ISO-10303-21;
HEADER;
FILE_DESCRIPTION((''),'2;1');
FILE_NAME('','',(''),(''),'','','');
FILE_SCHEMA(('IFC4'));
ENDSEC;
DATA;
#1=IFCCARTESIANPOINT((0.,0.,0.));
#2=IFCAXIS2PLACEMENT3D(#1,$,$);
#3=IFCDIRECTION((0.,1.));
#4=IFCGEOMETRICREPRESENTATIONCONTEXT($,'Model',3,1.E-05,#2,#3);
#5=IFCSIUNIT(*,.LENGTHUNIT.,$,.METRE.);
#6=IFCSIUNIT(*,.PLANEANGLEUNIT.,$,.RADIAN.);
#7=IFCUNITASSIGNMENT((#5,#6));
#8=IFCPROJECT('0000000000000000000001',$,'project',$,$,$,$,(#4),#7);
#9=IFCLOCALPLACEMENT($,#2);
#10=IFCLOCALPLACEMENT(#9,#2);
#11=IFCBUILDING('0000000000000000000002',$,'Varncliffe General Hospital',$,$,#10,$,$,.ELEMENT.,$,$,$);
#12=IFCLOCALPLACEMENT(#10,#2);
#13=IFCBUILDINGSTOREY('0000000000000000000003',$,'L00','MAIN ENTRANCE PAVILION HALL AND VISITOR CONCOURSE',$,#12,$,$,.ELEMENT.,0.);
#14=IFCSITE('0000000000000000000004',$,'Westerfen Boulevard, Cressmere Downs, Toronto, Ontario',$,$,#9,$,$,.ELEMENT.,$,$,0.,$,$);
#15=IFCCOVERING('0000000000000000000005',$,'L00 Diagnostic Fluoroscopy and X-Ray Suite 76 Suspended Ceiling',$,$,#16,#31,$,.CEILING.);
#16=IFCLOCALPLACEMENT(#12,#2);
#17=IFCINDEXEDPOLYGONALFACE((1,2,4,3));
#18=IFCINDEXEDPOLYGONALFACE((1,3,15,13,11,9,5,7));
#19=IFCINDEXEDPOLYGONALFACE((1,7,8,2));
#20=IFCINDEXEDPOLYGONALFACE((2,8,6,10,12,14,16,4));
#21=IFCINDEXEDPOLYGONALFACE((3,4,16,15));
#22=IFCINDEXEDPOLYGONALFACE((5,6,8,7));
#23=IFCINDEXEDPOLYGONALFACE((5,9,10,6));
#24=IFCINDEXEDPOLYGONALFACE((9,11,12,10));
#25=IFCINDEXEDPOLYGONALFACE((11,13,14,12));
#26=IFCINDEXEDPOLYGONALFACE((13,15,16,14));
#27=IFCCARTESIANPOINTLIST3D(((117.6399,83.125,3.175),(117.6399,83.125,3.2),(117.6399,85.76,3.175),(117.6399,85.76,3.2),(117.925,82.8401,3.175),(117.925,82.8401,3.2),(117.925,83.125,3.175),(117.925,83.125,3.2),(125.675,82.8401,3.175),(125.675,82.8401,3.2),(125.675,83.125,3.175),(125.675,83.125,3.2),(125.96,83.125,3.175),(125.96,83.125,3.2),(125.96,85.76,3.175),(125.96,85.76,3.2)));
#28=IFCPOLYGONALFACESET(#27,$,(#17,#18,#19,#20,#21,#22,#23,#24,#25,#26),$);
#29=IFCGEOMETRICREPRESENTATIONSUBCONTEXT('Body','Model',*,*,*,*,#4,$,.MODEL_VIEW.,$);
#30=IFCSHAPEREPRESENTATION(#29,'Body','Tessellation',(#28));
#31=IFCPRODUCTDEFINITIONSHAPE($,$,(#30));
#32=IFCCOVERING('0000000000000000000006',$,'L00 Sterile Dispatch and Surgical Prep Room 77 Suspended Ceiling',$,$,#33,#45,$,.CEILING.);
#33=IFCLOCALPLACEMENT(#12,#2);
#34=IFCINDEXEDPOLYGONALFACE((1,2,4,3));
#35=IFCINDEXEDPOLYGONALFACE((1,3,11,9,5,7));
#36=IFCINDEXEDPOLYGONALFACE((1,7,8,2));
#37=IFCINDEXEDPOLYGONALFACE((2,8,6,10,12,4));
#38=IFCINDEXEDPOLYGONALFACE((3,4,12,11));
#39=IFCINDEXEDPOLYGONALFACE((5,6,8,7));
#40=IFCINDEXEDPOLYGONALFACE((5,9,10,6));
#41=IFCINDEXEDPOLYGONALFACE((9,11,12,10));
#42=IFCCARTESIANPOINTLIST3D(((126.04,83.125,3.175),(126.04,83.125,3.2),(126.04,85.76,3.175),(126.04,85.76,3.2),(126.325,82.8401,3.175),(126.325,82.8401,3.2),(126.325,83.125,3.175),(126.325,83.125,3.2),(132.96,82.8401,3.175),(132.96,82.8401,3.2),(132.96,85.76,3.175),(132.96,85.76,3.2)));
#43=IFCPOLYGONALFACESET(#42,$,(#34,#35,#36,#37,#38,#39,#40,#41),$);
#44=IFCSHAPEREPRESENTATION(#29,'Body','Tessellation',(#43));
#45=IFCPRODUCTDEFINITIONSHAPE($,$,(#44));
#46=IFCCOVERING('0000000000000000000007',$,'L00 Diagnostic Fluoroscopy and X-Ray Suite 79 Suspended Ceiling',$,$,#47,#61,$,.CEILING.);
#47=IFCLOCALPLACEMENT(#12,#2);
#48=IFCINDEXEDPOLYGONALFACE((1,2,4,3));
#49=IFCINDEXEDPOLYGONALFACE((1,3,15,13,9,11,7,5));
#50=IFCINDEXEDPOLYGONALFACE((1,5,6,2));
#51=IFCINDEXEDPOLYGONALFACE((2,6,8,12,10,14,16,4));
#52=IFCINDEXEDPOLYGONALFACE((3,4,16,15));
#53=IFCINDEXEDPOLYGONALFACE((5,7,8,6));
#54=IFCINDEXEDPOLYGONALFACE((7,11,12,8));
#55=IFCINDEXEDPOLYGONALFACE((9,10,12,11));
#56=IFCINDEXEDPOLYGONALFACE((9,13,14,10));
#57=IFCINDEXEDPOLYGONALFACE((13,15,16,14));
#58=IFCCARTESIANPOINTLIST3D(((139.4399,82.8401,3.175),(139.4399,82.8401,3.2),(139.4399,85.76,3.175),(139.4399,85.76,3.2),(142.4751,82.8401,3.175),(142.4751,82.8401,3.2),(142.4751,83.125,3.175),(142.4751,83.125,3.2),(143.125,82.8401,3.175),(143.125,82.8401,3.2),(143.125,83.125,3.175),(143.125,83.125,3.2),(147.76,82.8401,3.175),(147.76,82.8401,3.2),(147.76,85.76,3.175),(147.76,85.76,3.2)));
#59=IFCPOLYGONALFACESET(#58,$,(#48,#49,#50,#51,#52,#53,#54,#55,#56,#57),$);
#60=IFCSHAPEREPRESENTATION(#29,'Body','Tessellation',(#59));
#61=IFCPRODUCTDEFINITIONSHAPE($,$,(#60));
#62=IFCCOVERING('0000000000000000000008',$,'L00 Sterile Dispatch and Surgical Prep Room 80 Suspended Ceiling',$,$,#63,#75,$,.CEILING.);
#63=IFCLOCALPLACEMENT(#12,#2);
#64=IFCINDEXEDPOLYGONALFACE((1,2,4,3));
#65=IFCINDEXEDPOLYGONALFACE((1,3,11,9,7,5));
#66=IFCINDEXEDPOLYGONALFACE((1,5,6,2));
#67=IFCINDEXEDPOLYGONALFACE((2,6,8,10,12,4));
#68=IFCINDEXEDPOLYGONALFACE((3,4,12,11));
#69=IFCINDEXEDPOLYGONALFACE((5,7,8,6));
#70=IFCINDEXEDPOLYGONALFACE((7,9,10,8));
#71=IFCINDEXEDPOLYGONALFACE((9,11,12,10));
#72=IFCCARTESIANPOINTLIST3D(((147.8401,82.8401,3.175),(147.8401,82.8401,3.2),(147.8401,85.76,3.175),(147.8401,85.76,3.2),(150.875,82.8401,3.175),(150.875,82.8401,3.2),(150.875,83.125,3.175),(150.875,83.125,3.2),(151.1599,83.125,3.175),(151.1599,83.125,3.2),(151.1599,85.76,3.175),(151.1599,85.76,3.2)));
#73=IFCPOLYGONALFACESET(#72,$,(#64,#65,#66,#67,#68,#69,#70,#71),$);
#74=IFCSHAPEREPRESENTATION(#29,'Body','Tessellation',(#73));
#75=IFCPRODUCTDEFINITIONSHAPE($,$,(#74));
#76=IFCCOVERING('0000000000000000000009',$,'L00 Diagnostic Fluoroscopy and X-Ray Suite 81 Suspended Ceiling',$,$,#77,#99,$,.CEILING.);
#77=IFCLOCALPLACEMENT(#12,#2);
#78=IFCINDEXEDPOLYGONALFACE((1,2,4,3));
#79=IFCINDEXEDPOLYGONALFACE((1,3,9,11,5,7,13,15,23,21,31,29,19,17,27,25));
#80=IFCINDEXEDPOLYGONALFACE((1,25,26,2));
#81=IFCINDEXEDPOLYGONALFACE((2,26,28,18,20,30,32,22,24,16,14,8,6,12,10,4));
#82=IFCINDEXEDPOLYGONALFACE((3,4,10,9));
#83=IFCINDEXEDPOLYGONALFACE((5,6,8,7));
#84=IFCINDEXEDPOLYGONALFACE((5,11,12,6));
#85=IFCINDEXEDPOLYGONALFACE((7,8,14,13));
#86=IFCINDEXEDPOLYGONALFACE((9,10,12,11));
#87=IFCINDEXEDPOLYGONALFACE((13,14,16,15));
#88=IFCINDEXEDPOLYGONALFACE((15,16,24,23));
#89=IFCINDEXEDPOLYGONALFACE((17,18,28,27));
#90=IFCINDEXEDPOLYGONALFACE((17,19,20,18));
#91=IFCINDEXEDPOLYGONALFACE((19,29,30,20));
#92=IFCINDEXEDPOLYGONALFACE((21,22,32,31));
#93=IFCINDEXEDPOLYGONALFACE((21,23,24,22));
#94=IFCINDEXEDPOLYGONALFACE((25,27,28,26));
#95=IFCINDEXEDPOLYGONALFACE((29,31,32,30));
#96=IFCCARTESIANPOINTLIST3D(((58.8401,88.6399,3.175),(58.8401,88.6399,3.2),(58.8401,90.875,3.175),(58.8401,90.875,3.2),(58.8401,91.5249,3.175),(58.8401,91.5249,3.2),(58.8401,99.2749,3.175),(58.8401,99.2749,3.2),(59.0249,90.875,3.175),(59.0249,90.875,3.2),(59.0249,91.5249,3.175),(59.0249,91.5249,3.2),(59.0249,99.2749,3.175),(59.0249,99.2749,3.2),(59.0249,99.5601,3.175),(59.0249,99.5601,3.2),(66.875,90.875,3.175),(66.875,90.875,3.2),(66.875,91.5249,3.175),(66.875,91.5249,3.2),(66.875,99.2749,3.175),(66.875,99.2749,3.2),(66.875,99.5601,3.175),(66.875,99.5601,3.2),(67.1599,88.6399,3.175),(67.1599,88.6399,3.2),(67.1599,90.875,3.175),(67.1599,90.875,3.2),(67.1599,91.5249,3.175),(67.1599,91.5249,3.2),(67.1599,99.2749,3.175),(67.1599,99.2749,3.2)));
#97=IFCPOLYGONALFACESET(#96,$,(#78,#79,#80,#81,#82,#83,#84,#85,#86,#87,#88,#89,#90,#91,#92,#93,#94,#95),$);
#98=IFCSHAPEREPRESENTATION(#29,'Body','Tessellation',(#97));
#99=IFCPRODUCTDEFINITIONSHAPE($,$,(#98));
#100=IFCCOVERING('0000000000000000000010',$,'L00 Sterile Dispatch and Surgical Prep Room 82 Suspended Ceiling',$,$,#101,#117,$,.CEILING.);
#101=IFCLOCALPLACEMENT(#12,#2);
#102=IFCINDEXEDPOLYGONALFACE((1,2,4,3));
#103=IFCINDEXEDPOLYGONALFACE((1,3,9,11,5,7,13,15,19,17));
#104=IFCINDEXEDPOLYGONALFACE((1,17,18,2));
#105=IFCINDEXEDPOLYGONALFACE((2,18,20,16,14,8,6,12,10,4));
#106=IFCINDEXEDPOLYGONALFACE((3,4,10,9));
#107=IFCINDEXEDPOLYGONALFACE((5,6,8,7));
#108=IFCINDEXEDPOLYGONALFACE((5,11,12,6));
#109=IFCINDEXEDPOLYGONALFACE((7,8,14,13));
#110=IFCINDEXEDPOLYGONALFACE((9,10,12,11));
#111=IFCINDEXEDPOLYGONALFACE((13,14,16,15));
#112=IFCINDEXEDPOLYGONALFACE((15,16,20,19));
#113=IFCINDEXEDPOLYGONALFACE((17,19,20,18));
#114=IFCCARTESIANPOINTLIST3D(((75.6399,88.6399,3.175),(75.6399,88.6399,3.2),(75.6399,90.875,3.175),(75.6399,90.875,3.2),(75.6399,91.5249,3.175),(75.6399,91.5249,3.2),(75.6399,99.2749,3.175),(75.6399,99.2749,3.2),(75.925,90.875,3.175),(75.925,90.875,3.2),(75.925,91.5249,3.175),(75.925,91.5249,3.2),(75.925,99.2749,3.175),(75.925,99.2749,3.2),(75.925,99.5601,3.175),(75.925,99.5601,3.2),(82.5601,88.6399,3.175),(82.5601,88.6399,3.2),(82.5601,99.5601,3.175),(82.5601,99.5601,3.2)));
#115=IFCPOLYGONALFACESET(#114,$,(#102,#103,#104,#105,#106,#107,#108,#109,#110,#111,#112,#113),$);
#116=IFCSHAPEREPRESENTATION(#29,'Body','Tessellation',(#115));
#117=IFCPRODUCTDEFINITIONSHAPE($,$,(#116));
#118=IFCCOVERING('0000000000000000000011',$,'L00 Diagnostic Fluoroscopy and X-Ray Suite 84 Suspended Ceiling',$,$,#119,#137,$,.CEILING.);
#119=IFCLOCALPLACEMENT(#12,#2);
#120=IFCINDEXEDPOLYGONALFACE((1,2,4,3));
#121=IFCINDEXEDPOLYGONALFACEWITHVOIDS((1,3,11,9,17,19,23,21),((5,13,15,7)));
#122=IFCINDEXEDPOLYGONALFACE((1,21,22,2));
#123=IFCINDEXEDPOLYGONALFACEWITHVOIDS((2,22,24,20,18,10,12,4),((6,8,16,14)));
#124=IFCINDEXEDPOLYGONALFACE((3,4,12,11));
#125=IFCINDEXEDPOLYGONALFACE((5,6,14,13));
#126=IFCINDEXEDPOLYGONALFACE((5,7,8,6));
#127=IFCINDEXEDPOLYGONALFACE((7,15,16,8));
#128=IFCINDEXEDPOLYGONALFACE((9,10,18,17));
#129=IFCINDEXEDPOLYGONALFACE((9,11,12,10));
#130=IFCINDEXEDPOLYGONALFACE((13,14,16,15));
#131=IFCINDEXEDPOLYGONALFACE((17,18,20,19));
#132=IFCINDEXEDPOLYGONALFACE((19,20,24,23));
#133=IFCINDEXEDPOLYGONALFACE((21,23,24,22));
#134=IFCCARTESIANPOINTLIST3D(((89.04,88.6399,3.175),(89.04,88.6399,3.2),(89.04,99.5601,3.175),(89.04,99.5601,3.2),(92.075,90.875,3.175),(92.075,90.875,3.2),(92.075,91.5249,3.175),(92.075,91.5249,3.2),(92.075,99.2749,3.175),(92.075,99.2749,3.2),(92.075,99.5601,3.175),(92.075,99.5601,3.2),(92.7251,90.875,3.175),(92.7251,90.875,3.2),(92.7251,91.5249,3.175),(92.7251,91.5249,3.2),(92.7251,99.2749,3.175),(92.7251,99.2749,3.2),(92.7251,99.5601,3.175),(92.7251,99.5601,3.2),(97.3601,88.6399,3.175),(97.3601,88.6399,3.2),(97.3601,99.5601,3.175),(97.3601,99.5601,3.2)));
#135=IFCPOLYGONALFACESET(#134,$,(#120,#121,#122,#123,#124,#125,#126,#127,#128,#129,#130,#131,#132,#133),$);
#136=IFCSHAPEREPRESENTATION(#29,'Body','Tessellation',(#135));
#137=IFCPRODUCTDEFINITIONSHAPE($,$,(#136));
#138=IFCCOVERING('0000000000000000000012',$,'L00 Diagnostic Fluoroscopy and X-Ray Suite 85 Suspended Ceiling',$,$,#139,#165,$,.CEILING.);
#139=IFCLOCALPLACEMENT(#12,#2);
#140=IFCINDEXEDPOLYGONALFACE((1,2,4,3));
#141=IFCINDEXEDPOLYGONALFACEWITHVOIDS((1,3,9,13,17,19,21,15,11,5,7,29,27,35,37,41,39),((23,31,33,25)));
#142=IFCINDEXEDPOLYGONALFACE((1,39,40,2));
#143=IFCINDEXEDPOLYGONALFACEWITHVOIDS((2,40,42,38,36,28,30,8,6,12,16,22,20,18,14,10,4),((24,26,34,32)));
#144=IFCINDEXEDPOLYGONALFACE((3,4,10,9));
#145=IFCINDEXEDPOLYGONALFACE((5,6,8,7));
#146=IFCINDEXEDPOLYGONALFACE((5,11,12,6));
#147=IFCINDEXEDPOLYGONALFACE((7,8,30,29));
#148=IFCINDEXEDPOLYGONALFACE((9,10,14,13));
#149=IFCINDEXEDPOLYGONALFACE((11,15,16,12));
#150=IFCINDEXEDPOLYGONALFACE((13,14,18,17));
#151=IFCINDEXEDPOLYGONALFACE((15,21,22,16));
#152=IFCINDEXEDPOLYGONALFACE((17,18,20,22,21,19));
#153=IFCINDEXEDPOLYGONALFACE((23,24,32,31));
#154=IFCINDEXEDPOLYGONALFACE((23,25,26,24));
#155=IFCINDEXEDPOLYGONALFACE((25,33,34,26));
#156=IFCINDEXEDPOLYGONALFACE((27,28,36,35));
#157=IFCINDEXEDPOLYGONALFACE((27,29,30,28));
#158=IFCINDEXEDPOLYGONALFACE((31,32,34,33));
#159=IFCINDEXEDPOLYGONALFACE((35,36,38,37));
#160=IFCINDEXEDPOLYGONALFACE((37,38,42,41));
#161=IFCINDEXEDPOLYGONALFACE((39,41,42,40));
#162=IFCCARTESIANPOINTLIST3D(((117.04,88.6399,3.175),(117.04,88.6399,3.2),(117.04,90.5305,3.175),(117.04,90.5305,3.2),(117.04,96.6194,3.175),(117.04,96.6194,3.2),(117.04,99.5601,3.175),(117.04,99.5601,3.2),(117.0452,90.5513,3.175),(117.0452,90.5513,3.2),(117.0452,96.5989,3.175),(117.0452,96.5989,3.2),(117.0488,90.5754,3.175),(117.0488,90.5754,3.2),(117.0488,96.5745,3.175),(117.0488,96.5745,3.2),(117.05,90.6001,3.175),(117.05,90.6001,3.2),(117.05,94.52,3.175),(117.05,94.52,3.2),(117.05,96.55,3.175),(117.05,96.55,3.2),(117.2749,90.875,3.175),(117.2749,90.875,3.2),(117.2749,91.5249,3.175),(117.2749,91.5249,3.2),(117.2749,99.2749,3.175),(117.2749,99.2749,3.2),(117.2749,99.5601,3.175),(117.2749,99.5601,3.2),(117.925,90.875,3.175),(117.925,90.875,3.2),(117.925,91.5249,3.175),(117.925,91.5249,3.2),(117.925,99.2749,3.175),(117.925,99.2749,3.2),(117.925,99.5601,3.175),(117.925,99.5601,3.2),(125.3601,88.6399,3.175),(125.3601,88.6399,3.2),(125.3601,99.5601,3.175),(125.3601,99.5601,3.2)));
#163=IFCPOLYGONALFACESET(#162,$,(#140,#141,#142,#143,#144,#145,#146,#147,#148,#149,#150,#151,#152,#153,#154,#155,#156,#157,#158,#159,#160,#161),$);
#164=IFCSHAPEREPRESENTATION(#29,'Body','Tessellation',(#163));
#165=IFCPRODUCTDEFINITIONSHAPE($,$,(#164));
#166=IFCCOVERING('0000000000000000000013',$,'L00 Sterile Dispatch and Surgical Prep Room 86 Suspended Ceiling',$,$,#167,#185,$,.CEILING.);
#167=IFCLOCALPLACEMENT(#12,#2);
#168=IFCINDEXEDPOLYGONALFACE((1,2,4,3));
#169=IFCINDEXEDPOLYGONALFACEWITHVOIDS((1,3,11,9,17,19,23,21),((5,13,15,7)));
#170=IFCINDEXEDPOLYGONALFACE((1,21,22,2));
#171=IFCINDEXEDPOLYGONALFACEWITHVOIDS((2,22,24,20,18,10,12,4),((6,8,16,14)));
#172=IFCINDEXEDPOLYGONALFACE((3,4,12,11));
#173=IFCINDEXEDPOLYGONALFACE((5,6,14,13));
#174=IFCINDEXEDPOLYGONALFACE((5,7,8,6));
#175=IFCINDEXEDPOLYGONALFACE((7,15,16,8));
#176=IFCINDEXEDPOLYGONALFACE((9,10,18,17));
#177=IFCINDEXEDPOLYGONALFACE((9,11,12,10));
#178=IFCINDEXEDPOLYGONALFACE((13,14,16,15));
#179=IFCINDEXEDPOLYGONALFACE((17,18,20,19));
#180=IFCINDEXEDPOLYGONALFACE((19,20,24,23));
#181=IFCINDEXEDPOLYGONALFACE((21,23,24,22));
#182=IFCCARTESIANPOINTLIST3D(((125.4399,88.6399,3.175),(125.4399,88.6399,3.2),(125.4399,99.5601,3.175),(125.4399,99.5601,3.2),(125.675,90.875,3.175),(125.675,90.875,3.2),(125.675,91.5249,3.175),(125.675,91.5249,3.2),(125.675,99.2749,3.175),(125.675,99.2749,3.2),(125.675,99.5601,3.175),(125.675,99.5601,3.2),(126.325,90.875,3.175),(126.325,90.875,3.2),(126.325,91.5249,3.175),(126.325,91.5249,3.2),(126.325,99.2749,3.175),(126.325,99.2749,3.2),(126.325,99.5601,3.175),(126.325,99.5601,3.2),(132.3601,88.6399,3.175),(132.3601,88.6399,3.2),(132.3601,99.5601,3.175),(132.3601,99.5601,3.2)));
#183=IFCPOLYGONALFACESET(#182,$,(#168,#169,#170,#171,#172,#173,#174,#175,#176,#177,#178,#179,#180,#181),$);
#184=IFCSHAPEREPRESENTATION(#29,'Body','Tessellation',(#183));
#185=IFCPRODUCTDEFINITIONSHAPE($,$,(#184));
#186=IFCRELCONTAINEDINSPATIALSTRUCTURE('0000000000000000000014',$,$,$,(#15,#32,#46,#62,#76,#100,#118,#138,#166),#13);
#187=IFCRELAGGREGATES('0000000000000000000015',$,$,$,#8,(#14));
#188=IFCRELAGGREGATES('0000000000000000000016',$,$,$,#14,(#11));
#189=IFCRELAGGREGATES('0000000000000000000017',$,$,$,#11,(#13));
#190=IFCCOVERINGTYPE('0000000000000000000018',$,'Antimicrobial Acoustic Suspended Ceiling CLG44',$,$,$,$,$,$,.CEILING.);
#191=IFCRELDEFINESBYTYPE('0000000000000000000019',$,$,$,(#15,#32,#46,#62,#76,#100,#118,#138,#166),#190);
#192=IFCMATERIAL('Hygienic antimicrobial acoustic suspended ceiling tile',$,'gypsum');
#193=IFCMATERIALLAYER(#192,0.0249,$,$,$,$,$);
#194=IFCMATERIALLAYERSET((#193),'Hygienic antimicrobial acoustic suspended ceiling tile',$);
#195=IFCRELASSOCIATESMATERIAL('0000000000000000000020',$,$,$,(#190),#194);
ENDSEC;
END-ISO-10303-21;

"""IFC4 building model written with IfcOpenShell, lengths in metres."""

from ifc_helpers import new_model, si_unit, direction, frame, origin, place, context, subcontext, project, spatial, polyline, outline, extrude, material, layer, layer_set, type_object, element, save


model = new_model("IFC4")

# Units and contexts
model_context = context("Model", 3, precision=1e-05, world=origin(), true_north=direction((0.0, 1.0)))
body_context = subcontext(model_context, "Body", "Model", "MODEL_VIEW")
ifc_project = project(units=[si_unit("LENGTHUNIT", "METRE"), si_unit("PLANEANGLEUNIT", "RADIAN")], contexts=[model_context])

# Site, building, storey
site_placement = place(None, origin())
site = spatial("IfcSite", under=ifc_project, at=site_placement, Name="Westerfen Boulevard, Cressmere Downs, Toronto, Ontario", CompositionType="ELEMENT", RefElevation=0.0)
building_placement = place(site_placement, origin())
building = spatial("IfcBuilding", under=site, at=building_placement, Name="Varncliffe General Hospital", CompositionType="ELEMENT")
storey_placement = place(building_placement, origin())
storey = spatial("IfcBuildingStorey", under=building, at=storey_placement, Name="L00", Description="MAIN ENTRANCE PAVILION HALL AND VISITOR CONCOURSE", CompositionType="ELEMENT", Elevation=0.0)

# Coverings
ifc_material_1 = material(Name="Hygienic antimicrobial acoustic suspended ceiling tile", Category="gypsum")
ifc_layer_1 = layer(ifc_material_1, 0.0249)
ifc_layer_set_1 = layer_set([ifc_layer_1], Name="Hygienic antimicrobial acoustic suspended ceiling tile")
covering_type_1 = type_object("IfcCoveringType", Name="Antimicrobial Acoustic Suspended Ceiling CLG44", PredefinedType="CEILING", material=ifc_layer_set_1)
covering_1_placement = place(storey_placement, frame((0.0, 0.0, 3.175)))
element("IfcCovering", 1, at=covering_1_placement, inside=storey, type_object=covering_type_1, Name="L00 Diagnostic Fluoroscopy and X-Ray Suite 76 Suspended Ceiling", PredefinedType="CEILING", context=body_context, shape_type="SweptSolid", body=[
    extrude(outline(polyline([(125.96, 85.76), (125.96, 83.125), (125.675, 83.125), (125.675, 82.8401), (117.925, 82.8401), (117.925, 83.125), (117.6399, 83.125), (117.6399, 85.76), (125.96, 85.76)])), origin(), (0.0, 0.0, 1.0), 0.0249),
])
covering_2_placement = place(storey_placement, frame((0.0, 0.0, 3.175)))
element("IfcCovering", 2, at=covering_2_placement, inside=storey, type_object=covering_type_1, Name="L00 Sterile Dispatch and Surgical Prep Room 77 Suspended Ceiling", PredefinedType="CEILING", context=body_context, shape_type="SweptSolid", body=[
    extrude(outline(polyline([(126.04, 85.76), (132.96, 85.76), (132.96, 82.8401), (126.325, 82.8401), (126.325, 83.125), (126.04, 83.125), (126.04, 85.76)])), origin(), (0.0, 0.0, 1.0), 0.0249),
])
covering_3_placement = place(storey_placement, frame((0.0, 0.0, 3.175)))
element("IfcCovering", 3, at=covering_3_placement, inside=storey, type_object=covering_type_1, Name="L00 Diagnostic Fluoroscopy and X-Ray Suite 79 Suspended Ceiling", PredefinedType="CEILING", context=body_context, shape_type="SweptSolid", body=[
    extrude(outline(polyline([(139.4399, 82.8401), (139.4399, 85.76), (147.76, 85.76), (147.76, 82.8401), (143.125, 82.8401), (143.125, 83.125), (142.4751, 83.125), (142.4751, 82.8401), (139.4399, 82.8401)])), origin(), (0.0, 0.0, 1.0), 0.0249),
])
covering_4_placement = place(storey_placement, frame((0.0, 0.0, 3.175)))
element("IfcCovering", 4, at=covering_4_placement, inside=storey, type_object=covering_type_1, Name="L00 Sterile Dispatch and Surgical Prep Room 80 Suspended Ceiling", PredefinedType="CEILING", context=body_context, shape_type="SweptSolid", body=[
    extrude(outline(polyline([(147.8401, 82.8401), (147.8401, 85.76), (151.1599, 85.76), (151.1599, 83.125), (150.875, 83.125), (150.875, 82.8401), (147.8401, 82.8401)])), origin(), (0.0, 0.0, 1.0), 0.0249),
])
covering_5_placement = place(storey_placement, frame((0.0, 0.0, 3.175)))
element("IfcCovering", 5, at=covering_5_placement, inside=storey, type_object=covering_type_1, Name="L00 Diagnostic Fluoroscopy and X-Ray Suite 81 Suspended Ceiling", PredefinedType="CEILING", context=body_context, shape_type="SweptSolid", body=[
    extrude(outline(polyline([(66.875, 91.5249), (66.875, 90.875), (67.1599, 90.875), (67.1599, 88.6399), (58.8401, 88.6399), (58.8401, 90.875), (59.0249, 90.875), (59.0249, 91.5249), (58.8401, 91.5249), (58.8401, 99.2749), (59.0249, 99.2749), (59.0249, 99.5601), (66.875, 99.5601), (66.875, 99.2749), (67.1599, 99.2749), (67.1599, 91.5249), (66.875, 91.5249)])), origin(), (0.0, 0.0, 1.0), 0.0249),
])
covering_6_placement = place(storey_placement, frame((0.0, 0.0, 3.175)))
element("IfcCovering", 6, at=covering_6_placement, inside=storey, type_object=covering_type_1, Name="L00 Sterile Dispatch and Surgical Prep Room 82 Suspended Ceiling", PredefinedType="CEILING", context=body_context, shape_type="SweptSolid", body=[
    extrude(outline(polyline([(82.5601, 99.5601), (82.5601, 88.6399), (75.6399, 88.6399), (75.6399, 90.875), (75.925, 90.875), (75.925, 91.5249), (75.6399, 91.5249), (75.6399, 99.2749), (75.925, 99.2749), (75.925, 99.5601), (82.5601, 99.5601)])), origin(), (0.0, 0.0, 1.0), 0.0249),
])
covering_7_placement = place(storey_placement, frame((0.0, 0.0, 3.175)))
element("IfcCovering", 7, at=covering_7_placement, inside=storey, type_object=covering_type_1, Name="L00 Diagnostic Fluoroscopy and X-Ray Suite 84 Suspended Ceiling", PredefinedType="CEILING", context=body_context, shape_type="SweptSolid", body=[
    extrude(outline(polyline([(97.3601, 99.5601), (97.3601, 88.6399), (89.04, 88.6399), (89.04, 99.5601), (92.075, 99.5601), (92.075, 99.2749), (92.7251, 99.2749), (92.7251, 99.5601), (97.3601, 99.5601)]), holes=[polyline([(92.7251, 90.875), (92.7251, 91.5249), (92.075, 91.5249), (92.075, 90.875), (92.7251, 90.875)])]), origin(), (0.0, 0.0, 1.0), 0.0249),
])
covering_8_placement = place(storey_placement, frame((0.0, 0.0, 3.175)))
element("IfcCovering", 8, at=covering_8_placement, inside=storey, type_object=covering_type_1, Name="L00 Diagnostic Fluoroscopy and X-Ray Suite 85 Suspended Ceiling", PredefinedType="CEILING", context=body_context, shape_type="SweptSolid", body=[
    extrude(outline(polyline([(117.2749, 99.5601), (117.2749, 99.2749), (117.925, 99.2749), (117.925, 99.5601), (125.3601, 99.5601), (125.3601, 88.6399), (117.04, 88.6399), (117.04, 90.5305), (117.0452, 90.5513), (117.0488, 90.5754), (117.05, 90.6001), (117.05, 94.52), (117.05, 96.55), (117.0488, 96.5745), (117.0452, 96.5989), (117.04, 96.6194), (117.04, 99.5601), (117.2749, 99.5601)]), holes=[polyline([(117.925, 90.875), (117.925, 91.5249), (117.2749, 91.5249), (117.2749, 90.875), (117.925, 90.875)])]), origin(), (0.0, 0.0, 1.0), 0.0249),
])
covering_9_placement = place(storey_placement, frame((0.0, 0.0, 3.175)))
element("IfcCovering", 9, at=covering_9_placement, inside=storey, type_object=covering_type_1, Name="L00 Sterile Dispatch and Surgical Prep Room 86 Suspended Ceiling", PredefinedType="CEILING", context=body_context, shape_type="SweptSolid", body=[
    extrude(outline(polyline([(132.3601, 99.5601), (132.3601, 88.6399), (125.4399, 88.6399), (125.4399, 99.5601), (125.675, 99.5601), (125.675, 99.2749), (126.325, 99.2749), (126.325, 99.5601), (132.3601, 99.5601)]), holes=[polyline([(126.325, 90.875), (126.325, 91.5249), (125.675, 91.5249), (125.675, 90.875), (126.325, 90.875)])]), origin(), (0.0, 0.0, 1.0), 0.0249),
])

save(model, "model.ifc")
